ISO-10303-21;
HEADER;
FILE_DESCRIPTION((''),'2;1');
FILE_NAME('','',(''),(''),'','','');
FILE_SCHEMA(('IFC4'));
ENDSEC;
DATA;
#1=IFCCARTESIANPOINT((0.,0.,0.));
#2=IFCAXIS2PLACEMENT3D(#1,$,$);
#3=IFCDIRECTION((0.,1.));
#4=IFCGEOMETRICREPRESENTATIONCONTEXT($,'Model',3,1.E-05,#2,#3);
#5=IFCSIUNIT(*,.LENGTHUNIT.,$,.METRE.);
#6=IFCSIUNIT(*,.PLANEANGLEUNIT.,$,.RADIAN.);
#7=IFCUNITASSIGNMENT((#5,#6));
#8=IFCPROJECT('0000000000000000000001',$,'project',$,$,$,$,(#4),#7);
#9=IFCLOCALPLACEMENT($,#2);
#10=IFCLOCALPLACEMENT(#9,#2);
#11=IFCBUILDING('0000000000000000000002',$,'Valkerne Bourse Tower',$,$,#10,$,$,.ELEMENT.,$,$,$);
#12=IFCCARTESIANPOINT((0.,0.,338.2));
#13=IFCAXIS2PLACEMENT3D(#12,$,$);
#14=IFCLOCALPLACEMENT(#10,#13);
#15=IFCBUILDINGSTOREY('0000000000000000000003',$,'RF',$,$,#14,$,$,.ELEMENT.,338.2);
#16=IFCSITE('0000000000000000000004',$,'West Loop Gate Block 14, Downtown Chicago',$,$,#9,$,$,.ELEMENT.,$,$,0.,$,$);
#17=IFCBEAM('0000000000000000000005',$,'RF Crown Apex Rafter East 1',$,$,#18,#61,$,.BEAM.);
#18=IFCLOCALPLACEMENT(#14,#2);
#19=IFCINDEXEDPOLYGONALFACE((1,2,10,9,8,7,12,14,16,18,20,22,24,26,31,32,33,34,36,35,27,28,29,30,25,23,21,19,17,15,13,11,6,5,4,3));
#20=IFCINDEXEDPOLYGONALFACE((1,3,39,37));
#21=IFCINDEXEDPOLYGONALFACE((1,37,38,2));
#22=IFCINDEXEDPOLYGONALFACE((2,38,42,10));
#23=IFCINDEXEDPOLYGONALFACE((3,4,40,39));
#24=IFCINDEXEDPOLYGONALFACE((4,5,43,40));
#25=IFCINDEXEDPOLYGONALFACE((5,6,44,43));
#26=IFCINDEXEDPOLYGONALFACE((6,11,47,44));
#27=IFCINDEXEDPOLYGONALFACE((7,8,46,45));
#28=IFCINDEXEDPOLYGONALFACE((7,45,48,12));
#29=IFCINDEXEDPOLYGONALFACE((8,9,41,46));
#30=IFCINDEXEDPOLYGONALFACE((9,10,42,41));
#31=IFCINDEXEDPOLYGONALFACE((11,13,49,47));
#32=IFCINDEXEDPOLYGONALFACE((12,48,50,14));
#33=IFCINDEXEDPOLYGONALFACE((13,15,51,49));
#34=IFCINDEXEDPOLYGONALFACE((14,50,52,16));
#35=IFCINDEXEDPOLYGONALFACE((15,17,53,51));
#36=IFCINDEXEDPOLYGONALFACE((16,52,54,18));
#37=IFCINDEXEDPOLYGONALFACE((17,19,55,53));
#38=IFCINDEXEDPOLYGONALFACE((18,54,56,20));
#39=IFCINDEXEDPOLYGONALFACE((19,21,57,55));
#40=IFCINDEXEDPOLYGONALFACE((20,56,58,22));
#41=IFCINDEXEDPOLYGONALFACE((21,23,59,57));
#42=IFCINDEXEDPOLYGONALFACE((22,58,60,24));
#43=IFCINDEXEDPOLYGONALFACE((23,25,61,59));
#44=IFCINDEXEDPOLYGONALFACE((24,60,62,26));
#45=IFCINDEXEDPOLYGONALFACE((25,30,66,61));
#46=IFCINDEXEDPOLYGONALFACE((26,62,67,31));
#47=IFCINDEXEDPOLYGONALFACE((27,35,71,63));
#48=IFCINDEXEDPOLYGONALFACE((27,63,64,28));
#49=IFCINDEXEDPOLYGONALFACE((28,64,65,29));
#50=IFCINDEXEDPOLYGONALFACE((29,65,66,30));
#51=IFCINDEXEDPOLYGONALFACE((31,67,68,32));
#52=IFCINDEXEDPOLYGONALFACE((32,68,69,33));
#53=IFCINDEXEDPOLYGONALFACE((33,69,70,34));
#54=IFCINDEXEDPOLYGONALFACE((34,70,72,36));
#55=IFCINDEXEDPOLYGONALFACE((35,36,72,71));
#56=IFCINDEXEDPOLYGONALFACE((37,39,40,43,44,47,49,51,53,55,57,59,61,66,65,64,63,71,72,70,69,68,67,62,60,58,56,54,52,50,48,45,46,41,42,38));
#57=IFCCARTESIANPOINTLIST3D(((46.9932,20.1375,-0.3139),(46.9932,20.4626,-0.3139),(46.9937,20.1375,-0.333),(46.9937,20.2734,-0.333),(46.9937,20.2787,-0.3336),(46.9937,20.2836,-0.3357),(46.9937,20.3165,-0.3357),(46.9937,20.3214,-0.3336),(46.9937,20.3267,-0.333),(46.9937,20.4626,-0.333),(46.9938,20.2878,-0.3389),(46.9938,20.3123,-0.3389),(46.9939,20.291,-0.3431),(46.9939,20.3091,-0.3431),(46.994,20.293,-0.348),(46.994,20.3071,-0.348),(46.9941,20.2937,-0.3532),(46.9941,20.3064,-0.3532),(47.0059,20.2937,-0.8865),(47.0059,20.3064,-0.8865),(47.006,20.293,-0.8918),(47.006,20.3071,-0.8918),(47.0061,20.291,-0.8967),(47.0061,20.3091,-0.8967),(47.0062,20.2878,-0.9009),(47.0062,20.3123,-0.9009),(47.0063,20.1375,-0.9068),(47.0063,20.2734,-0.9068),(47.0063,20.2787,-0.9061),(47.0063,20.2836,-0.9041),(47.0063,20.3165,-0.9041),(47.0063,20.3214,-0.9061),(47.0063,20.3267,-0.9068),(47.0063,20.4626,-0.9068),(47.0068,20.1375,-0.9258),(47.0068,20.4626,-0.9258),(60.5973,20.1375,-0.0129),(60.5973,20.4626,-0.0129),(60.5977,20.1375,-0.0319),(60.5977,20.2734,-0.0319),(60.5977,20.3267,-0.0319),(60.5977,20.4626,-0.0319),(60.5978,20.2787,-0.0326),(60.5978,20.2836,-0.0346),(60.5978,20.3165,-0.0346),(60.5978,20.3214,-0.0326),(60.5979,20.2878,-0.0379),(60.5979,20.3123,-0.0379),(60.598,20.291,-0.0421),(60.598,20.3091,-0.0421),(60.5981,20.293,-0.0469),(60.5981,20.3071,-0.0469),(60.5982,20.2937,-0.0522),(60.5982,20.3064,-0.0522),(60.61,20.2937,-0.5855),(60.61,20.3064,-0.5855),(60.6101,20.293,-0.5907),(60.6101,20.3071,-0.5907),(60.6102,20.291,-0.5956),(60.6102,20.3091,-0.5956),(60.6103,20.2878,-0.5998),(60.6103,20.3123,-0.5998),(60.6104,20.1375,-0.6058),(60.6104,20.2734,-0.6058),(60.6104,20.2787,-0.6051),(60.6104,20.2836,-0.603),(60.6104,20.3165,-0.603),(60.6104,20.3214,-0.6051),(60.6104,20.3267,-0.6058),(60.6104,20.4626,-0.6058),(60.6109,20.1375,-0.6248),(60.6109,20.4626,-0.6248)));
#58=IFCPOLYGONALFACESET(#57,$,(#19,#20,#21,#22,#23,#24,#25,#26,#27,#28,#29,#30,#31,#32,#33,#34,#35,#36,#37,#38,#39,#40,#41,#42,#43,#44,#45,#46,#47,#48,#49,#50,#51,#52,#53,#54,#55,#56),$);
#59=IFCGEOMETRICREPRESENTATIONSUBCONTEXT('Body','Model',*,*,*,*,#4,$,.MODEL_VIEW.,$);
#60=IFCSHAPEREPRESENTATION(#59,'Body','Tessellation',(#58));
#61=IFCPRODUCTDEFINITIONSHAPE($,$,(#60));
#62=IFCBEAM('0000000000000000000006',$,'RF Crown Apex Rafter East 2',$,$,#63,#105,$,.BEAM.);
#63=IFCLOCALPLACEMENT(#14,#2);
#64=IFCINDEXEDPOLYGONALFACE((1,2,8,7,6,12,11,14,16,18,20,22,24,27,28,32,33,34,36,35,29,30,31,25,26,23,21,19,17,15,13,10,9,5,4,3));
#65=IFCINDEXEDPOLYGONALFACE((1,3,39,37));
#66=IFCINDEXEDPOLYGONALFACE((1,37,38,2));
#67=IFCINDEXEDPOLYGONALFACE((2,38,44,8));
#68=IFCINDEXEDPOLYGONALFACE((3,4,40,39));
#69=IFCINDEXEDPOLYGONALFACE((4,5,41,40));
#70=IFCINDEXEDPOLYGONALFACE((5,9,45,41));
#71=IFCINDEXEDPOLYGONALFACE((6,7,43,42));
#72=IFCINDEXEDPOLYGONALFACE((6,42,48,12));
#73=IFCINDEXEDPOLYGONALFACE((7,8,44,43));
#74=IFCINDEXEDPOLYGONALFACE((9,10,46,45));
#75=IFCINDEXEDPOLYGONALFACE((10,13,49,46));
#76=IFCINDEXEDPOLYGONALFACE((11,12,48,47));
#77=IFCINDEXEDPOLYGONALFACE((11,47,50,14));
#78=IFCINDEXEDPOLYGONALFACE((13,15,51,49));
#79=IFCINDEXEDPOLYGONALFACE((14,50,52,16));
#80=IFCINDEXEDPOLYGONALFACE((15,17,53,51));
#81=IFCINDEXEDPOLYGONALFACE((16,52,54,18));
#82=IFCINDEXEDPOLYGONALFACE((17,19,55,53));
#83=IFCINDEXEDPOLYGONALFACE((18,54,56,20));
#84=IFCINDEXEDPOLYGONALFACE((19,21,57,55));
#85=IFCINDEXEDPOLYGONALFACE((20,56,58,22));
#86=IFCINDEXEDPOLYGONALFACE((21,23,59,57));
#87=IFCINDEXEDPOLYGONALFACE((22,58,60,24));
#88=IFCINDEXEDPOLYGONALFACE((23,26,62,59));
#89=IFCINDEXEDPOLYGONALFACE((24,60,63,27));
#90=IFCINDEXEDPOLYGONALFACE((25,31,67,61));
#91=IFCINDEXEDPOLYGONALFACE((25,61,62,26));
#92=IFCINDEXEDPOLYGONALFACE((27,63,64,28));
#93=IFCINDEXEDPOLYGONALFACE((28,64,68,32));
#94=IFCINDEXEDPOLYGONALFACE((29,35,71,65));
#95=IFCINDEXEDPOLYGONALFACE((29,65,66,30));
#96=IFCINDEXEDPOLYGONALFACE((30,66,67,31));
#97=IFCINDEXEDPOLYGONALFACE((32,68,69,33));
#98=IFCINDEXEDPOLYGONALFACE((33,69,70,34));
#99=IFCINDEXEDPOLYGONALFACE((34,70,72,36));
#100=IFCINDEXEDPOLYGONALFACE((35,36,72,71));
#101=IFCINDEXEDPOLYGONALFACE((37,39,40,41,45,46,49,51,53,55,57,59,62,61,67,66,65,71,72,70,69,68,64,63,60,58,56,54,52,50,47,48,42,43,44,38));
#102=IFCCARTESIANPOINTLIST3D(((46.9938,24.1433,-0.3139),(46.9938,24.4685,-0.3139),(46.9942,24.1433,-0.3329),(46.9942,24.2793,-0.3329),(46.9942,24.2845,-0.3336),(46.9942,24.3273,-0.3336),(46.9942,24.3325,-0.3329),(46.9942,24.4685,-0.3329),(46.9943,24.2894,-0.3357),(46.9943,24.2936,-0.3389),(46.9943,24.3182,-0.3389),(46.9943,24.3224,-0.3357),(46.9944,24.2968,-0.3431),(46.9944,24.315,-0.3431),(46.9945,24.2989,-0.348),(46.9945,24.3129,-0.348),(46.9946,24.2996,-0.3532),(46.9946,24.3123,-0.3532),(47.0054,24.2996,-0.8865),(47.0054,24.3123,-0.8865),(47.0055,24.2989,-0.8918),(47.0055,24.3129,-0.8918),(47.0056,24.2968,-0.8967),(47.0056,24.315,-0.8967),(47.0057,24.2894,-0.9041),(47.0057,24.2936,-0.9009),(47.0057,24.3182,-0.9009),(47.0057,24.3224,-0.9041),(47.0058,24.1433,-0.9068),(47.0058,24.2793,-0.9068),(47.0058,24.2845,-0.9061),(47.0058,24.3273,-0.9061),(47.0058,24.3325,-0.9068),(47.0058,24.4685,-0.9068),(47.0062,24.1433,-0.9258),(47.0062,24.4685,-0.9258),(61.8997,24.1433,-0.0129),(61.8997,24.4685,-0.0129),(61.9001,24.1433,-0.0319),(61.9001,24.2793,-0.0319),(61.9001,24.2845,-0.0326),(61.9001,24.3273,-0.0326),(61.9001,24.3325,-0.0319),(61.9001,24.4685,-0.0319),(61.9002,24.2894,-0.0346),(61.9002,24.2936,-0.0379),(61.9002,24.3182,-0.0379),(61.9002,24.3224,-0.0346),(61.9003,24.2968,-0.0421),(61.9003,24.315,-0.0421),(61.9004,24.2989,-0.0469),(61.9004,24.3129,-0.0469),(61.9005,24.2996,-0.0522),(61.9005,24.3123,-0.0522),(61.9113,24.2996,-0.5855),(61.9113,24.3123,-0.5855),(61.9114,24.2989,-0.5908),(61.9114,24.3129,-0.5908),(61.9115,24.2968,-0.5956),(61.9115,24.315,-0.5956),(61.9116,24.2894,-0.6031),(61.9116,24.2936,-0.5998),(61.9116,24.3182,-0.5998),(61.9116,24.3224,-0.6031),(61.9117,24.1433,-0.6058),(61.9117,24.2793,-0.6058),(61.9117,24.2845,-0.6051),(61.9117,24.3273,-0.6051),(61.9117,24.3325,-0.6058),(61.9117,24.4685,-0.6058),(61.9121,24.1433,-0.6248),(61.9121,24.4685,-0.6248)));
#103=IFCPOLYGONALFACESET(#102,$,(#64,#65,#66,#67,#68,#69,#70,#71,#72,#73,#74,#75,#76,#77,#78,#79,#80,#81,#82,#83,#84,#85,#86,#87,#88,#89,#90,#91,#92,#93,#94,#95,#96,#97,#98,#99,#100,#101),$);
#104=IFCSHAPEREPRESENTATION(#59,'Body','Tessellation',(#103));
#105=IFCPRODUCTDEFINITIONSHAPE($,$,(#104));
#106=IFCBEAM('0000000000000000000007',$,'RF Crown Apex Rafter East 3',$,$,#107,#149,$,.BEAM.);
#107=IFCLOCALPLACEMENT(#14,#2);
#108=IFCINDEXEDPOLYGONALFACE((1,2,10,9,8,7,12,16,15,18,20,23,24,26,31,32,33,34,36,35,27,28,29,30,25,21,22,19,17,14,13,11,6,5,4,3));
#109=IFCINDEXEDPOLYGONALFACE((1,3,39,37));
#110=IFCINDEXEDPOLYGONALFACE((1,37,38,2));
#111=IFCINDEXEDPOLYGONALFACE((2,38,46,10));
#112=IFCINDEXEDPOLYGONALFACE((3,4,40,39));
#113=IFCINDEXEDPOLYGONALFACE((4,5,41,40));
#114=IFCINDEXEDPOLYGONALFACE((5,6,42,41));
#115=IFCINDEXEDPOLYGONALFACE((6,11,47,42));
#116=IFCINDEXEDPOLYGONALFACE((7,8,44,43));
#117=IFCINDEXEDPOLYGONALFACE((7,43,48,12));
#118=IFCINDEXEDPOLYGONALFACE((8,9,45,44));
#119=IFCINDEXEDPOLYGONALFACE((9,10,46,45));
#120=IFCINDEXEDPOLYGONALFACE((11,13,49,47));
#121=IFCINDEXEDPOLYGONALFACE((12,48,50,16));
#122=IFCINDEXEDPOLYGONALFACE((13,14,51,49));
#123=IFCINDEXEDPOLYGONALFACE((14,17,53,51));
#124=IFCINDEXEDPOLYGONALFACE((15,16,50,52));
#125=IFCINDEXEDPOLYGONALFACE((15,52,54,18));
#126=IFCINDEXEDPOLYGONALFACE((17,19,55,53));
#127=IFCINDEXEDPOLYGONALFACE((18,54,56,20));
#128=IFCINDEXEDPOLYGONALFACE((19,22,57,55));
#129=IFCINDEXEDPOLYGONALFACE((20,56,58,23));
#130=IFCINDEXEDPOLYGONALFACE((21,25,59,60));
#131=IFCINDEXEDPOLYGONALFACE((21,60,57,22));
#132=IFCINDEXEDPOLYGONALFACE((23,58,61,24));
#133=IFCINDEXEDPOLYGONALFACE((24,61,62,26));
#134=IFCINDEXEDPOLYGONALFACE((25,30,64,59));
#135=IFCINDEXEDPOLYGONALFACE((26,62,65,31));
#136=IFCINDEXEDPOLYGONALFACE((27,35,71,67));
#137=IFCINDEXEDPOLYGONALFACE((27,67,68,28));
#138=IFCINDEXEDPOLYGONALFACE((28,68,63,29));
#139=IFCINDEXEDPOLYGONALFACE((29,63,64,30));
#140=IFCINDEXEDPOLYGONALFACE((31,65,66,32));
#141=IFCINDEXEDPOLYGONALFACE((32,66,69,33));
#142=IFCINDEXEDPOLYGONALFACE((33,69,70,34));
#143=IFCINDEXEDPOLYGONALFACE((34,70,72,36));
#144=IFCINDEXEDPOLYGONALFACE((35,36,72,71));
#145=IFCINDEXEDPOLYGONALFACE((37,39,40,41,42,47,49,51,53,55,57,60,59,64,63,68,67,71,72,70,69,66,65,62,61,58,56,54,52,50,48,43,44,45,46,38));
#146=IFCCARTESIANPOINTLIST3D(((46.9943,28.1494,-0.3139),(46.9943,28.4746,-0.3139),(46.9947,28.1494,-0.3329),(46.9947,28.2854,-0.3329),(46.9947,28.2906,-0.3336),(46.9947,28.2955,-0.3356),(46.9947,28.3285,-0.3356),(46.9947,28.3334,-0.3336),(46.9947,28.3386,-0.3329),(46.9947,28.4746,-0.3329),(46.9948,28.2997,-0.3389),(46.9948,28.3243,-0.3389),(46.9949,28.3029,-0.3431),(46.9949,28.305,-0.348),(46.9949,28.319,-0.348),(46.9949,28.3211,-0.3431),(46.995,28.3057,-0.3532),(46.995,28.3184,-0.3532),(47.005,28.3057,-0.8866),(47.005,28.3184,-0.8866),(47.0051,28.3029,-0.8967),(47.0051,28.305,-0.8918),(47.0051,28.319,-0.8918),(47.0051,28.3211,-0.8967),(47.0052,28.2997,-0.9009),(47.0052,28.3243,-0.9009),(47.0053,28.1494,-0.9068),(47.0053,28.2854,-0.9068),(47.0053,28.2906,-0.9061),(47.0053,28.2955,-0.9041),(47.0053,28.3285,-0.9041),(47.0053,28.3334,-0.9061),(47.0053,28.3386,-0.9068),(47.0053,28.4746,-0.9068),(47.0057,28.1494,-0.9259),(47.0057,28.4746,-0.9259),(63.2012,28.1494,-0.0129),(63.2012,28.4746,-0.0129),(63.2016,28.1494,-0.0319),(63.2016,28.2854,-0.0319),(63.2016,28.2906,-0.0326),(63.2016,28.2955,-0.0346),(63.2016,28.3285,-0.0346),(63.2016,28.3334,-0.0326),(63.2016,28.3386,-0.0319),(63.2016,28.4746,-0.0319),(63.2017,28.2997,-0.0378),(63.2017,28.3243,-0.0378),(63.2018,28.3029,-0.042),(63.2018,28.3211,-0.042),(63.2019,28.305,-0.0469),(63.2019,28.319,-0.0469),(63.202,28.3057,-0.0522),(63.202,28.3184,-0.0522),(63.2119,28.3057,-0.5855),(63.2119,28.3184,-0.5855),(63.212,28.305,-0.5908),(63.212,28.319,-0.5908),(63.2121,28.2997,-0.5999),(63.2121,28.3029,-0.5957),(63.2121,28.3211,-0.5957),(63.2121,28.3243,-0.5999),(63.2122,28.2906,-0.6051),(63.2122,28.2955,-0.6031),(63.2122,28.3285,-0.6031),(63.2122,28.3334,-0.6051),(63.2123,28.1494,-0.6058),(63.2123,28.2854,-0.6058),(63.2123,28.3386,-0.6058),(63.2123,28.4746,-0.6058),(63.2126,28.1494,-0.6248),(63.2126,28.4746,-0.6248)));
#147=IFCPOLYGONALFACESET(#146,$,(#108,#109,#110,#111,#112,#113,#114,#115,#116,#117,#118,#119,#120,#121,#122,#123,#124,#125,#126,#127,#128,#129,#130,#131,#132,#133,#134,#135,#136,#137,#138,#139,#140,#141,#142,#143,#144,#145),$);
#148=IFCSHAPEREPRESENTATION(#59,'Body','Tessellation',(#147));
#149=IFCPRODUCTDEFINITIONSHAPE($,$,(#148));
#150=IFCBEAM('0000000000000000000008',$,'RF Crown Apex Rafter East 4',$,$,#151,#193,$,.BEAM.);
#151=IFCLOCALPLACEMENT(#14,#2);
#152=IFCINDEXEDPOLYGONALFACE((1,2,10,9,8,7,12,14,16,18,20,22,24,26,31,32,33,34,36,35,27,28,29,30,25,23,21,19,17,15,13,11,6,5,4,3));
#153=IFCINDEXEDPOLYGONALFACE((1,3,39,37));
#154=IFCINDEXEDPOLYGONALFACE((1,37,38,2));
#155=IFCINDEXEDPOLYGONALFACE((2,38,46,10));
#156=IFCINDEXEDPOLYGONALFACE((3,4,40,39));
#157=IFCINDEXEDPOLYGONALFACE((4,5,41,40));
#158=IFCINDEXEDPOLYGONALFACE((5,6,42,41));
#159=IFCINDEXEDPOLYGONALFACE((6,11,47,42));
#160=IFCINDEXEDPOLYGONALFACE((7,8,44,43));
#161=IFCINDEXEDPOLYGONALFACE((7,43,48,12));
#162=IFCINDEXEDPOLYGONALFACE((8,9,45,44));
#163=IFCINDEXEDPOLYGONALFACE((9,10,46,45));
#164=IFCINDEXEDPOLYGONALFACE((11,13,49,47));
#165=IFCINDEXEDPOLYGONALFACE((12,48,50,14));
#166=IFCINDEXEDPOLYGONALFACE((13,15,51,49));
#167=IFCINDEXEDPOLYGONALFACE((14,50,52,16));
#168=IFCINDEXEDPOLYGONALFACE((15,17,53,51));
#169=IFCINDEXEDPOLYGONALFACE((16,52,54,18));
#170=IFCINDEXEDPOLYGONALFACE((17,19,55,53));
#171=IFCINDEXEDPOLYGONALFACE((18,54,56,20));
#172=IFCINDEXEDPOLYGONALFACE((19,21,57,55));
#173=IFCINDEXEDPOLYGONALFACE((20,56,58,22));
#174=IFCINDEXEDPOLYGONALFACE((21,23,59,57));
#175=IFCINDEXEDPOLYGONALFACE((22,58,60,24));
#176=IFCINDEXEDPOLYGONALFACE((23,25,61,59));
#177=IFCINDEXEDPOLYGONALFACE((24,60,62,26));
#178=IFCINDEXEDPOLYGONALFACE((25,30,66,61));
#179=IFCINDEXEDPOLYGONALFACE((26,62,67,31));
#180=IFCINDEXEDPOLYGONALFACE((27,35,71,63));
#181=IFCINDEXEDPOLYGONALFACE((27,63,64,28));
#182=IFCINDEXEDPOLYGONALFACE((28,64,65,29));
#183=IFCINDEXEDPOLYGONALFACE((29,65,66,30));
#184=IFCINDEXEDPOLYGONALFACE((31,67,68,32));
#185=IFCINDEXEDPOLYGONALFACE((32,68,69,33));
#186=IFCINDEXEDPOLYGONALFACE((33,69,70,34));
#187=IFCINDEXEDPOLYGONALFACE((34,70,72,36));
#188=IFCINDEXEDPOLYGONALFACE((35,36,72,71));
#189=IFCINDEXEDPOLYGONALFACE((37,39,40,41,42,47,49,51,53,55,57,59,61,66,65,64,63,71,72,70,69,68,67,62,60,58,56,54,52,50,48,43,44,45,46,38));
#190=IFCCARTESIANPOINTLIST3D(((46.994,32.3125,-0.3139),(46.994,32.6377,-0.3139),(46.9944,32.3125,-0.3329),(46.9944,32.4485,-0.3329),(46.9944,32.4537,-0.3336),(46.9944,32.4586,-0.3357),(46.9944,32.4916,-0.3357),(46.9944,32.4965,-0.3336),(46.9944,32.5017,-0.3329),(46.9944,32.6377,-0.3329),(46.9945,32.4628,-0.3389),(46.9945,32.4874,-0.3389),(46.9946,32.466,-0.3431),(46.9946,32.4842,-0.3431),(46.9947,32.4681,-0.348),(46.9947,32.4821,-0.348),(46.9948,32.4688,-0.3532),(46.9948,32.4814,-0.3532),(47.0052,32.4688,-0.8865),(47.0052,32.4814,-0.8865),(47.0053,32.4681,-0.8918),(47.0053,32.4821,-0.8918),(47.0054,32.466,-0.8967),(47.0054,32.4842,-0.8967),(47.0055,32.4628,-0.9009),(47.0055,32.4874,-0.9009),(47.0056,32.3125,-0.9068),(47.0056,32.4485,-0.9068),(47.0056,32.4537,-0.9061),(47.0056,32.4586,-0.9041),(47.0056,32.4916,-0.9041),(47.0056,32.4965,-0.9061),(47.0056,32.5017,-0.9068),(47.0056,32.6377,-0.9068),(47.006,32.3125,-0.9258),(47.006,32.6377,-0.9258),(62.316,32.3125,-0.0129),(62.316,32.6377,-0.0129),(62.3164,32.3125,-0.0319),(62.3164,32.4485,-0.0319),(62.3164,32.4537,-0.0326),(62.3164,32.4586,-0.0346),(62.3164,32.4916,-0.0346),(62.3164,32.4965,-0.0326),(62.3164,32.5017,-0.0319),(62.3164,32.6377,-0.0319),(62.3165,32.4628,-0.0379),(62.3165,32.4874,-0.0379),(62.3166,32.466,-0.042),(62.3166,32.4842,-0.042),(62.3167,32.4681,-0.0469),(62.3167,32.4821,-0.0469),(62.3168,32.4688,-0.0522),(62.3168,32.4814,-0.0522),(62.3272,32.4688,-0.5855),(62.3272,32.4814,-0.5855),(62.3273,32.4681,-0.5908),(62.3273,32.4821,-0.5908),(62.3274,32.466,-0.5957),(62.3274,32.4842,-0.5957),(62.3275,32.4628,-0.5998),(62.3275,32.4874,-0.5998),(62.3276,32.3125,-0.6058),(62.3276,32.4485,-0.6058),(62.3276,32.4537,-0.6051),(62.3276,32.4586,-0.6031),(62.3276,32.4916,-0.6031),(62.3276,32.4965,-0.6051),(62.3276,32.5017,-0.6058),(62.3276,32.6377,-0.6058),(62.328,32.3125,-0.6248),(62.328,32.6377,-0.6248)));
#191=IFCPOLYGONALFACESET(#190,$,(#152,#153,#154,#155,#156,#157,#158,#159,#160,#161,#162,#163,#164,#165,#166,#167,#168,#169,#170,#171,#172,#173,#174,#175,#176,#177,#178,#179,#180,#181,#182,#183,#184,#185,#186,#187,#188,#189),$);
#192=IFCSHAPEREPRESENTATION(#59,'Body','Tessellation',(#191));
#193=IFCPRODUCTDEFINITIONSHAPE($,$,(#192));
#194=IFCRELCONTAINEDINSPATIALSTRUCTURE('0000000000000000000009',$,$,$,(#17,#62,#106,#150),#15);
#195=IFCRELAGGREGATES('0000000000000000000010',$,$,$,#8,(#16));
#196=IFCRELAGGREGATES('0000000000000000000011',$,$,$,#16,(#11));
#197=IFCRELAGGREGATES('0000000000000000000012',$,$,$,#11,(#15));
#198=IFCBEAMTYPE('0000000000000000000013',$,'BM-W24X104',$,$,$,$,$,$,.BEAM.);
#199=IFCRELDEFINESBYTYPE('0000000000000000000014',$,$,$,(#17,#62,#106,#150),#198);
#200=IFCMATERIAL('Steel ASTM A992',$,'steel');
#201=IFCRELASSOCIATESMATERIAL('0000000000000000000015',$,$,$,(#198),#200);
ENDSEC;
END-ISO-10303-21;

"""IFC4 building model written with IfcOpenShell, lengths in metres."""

from ifc_helpers import new_model, si_unit, direction, frame, origin, origin_2d, place, context, subcontext, project, spatial, i_section, extrude, material, material_profile, profile_set, type_object, element, save


model = new_model("IFC4")

# Units and contexts
model_context = context("Model", 3, precision=1e-05, world=origin(), true_north=direction((0.0, 1.0)))
body_context = subcontext(model_context, "Body", "Model", "MODEL_VIEW")
ifc_project = project(units=[si_unit("LENGTHUNIT", "METRE"), si_unit("PLANEANGLEUNIT", "RADIAN")], contexts=[model_context])

# Site, building, storey
site_placement = place(None, origin())
site = spatial("IfcSite", under=ifc_project, at=site_placement, Name="West Loop Gate Block 14, Downtown Chicago", CompositionType="ELEMENT", RefElevation=0.0)
building_placement = place(site_placement, origin())
building = spatial("IfcBuilding", under=site, at=building_placement, Name="Valkerne Bourse Tower", CompositionType="ELEMENT")
storey_placement = place(building_placement, frame((0.0, 0.0, 338.2)))
storey = spatial("IfcBuildingStorey", under=building, at=storey_placement, Name="RF", CompositionType="ELEMENT", Elevation=338.2)

# Beams
ifc_material_1 = material(Name="Steel ASTM A992", Category="steel")
ifc_material_profile_1 = material_profile(ifc_material_1, i_section(OverallWidth=0.3252, OverallDepth=0.6121, WebThickness=0.0127, FlangeThickness=0.019, FilletRadius=0.0203, at=origin_2d()), Name="W24X104")
ifc_profile_set_1 = profile_set([ifc_material_profile_1], Name="Steel ASTM A992")
beam_type_1 = type_object("IfcBeamType", Name="BM-W24X104", PredefinedType="BEAM", material=ifc_profile_set_1)
beam_1_placement = place(storey_placement, frame((47.0, 20.3, -0.6199), z_axis=(0.999755, 0.0, 0.022122), x_axis=(0.0, 1.0, 0.0)))
element("IfcBeam", 1, at=beam_1_placement, inside=storey, type_object=beam_type_1, Name="RF Crown Apex Rafter East 1", PredefinedType="BEAM", context=body_context, shape_type="SweptSolid", body=[
    extrude(i_section(OverallWidth=0.3252, OverallDepth=0.6121, WebThickness=0.0127, FlangeThickness=0.019, FilletRadius=0.0203, at=origin_2d()), origin(), (0.0, 0.0, 1.0), 13.6074),
])
beam_2_placement = place(storey_placement, frame((47.0, 24.3059, -0.6199), z_axis=(0.999796, 0.0, 0.020191), x_axis=(0.0, 1.0, 0.0)))
element("IfcBeam", 2, at=beam_2_placement, inside=storey, type_object=beam_type_1, Name="RF Crown Apex Rafter East 2", PredefinedType="BEAM", context=body_context, shape_type="SweptSolid", body=[
    extrude(i_section(OverallWidth=0.3252, OverallDepth=0.6121, WebThickness=0.0127, FlangeThickness=0.019, FilletRadius=0.0203, at=origin_2d()), origin(), (0.0, 0.0, 1.0), 14.9089),
])
beam_3_placement = place(storey_placement, frame((47.0, 28.312, -0.6199), z_axis=(0.999828, 0.0, 0.018571), x_axis=(0.0, 1.0, 0.0)))
element("IfcBeam", 3, at=beam_3_placement, inside=storey, type_object=beam_type_1, Name="RF Crown Apex Rafter East 3", PredefinedType="BEAM", context=body_context, shape_type="SweptSolid", body=[
    extrude(i_section(OverallWidth=0.3252, OverallDepth=0.6121, WebThickness=0.0127, FlangeThickness=0.019, FilletRadius=0.0203, at=origin_2d()), origin(), (0.0, 0.0, 1.0), 16.2097),
])
beam_4_placement = place(storey_placement, frame((47.0, 32.4751, -0.6199), z_axis=(0.999807, 0.0, 0.019643), x_axis=(0.0, 1.0, 0.0)))
element("IfcBeam", 4, at=beam_4_placement, inside=storey, type_object=beam_type_1, Name="RF Crown Apex Rafter East 4", PredefinedType="BEAM", context=body_context, shape_type="SweptSolid", body=[
    extrude(i_section(OverallWidth=0.3252, OverallDepth=0.6121, WebThickness=0.0127, FlangeThickness=0.019, FilletRadius=0.0203, at=origin_2d()), origin(), (0.0, 0.0, 1.0), 15.325),
])

save(model, "model.ifc")
